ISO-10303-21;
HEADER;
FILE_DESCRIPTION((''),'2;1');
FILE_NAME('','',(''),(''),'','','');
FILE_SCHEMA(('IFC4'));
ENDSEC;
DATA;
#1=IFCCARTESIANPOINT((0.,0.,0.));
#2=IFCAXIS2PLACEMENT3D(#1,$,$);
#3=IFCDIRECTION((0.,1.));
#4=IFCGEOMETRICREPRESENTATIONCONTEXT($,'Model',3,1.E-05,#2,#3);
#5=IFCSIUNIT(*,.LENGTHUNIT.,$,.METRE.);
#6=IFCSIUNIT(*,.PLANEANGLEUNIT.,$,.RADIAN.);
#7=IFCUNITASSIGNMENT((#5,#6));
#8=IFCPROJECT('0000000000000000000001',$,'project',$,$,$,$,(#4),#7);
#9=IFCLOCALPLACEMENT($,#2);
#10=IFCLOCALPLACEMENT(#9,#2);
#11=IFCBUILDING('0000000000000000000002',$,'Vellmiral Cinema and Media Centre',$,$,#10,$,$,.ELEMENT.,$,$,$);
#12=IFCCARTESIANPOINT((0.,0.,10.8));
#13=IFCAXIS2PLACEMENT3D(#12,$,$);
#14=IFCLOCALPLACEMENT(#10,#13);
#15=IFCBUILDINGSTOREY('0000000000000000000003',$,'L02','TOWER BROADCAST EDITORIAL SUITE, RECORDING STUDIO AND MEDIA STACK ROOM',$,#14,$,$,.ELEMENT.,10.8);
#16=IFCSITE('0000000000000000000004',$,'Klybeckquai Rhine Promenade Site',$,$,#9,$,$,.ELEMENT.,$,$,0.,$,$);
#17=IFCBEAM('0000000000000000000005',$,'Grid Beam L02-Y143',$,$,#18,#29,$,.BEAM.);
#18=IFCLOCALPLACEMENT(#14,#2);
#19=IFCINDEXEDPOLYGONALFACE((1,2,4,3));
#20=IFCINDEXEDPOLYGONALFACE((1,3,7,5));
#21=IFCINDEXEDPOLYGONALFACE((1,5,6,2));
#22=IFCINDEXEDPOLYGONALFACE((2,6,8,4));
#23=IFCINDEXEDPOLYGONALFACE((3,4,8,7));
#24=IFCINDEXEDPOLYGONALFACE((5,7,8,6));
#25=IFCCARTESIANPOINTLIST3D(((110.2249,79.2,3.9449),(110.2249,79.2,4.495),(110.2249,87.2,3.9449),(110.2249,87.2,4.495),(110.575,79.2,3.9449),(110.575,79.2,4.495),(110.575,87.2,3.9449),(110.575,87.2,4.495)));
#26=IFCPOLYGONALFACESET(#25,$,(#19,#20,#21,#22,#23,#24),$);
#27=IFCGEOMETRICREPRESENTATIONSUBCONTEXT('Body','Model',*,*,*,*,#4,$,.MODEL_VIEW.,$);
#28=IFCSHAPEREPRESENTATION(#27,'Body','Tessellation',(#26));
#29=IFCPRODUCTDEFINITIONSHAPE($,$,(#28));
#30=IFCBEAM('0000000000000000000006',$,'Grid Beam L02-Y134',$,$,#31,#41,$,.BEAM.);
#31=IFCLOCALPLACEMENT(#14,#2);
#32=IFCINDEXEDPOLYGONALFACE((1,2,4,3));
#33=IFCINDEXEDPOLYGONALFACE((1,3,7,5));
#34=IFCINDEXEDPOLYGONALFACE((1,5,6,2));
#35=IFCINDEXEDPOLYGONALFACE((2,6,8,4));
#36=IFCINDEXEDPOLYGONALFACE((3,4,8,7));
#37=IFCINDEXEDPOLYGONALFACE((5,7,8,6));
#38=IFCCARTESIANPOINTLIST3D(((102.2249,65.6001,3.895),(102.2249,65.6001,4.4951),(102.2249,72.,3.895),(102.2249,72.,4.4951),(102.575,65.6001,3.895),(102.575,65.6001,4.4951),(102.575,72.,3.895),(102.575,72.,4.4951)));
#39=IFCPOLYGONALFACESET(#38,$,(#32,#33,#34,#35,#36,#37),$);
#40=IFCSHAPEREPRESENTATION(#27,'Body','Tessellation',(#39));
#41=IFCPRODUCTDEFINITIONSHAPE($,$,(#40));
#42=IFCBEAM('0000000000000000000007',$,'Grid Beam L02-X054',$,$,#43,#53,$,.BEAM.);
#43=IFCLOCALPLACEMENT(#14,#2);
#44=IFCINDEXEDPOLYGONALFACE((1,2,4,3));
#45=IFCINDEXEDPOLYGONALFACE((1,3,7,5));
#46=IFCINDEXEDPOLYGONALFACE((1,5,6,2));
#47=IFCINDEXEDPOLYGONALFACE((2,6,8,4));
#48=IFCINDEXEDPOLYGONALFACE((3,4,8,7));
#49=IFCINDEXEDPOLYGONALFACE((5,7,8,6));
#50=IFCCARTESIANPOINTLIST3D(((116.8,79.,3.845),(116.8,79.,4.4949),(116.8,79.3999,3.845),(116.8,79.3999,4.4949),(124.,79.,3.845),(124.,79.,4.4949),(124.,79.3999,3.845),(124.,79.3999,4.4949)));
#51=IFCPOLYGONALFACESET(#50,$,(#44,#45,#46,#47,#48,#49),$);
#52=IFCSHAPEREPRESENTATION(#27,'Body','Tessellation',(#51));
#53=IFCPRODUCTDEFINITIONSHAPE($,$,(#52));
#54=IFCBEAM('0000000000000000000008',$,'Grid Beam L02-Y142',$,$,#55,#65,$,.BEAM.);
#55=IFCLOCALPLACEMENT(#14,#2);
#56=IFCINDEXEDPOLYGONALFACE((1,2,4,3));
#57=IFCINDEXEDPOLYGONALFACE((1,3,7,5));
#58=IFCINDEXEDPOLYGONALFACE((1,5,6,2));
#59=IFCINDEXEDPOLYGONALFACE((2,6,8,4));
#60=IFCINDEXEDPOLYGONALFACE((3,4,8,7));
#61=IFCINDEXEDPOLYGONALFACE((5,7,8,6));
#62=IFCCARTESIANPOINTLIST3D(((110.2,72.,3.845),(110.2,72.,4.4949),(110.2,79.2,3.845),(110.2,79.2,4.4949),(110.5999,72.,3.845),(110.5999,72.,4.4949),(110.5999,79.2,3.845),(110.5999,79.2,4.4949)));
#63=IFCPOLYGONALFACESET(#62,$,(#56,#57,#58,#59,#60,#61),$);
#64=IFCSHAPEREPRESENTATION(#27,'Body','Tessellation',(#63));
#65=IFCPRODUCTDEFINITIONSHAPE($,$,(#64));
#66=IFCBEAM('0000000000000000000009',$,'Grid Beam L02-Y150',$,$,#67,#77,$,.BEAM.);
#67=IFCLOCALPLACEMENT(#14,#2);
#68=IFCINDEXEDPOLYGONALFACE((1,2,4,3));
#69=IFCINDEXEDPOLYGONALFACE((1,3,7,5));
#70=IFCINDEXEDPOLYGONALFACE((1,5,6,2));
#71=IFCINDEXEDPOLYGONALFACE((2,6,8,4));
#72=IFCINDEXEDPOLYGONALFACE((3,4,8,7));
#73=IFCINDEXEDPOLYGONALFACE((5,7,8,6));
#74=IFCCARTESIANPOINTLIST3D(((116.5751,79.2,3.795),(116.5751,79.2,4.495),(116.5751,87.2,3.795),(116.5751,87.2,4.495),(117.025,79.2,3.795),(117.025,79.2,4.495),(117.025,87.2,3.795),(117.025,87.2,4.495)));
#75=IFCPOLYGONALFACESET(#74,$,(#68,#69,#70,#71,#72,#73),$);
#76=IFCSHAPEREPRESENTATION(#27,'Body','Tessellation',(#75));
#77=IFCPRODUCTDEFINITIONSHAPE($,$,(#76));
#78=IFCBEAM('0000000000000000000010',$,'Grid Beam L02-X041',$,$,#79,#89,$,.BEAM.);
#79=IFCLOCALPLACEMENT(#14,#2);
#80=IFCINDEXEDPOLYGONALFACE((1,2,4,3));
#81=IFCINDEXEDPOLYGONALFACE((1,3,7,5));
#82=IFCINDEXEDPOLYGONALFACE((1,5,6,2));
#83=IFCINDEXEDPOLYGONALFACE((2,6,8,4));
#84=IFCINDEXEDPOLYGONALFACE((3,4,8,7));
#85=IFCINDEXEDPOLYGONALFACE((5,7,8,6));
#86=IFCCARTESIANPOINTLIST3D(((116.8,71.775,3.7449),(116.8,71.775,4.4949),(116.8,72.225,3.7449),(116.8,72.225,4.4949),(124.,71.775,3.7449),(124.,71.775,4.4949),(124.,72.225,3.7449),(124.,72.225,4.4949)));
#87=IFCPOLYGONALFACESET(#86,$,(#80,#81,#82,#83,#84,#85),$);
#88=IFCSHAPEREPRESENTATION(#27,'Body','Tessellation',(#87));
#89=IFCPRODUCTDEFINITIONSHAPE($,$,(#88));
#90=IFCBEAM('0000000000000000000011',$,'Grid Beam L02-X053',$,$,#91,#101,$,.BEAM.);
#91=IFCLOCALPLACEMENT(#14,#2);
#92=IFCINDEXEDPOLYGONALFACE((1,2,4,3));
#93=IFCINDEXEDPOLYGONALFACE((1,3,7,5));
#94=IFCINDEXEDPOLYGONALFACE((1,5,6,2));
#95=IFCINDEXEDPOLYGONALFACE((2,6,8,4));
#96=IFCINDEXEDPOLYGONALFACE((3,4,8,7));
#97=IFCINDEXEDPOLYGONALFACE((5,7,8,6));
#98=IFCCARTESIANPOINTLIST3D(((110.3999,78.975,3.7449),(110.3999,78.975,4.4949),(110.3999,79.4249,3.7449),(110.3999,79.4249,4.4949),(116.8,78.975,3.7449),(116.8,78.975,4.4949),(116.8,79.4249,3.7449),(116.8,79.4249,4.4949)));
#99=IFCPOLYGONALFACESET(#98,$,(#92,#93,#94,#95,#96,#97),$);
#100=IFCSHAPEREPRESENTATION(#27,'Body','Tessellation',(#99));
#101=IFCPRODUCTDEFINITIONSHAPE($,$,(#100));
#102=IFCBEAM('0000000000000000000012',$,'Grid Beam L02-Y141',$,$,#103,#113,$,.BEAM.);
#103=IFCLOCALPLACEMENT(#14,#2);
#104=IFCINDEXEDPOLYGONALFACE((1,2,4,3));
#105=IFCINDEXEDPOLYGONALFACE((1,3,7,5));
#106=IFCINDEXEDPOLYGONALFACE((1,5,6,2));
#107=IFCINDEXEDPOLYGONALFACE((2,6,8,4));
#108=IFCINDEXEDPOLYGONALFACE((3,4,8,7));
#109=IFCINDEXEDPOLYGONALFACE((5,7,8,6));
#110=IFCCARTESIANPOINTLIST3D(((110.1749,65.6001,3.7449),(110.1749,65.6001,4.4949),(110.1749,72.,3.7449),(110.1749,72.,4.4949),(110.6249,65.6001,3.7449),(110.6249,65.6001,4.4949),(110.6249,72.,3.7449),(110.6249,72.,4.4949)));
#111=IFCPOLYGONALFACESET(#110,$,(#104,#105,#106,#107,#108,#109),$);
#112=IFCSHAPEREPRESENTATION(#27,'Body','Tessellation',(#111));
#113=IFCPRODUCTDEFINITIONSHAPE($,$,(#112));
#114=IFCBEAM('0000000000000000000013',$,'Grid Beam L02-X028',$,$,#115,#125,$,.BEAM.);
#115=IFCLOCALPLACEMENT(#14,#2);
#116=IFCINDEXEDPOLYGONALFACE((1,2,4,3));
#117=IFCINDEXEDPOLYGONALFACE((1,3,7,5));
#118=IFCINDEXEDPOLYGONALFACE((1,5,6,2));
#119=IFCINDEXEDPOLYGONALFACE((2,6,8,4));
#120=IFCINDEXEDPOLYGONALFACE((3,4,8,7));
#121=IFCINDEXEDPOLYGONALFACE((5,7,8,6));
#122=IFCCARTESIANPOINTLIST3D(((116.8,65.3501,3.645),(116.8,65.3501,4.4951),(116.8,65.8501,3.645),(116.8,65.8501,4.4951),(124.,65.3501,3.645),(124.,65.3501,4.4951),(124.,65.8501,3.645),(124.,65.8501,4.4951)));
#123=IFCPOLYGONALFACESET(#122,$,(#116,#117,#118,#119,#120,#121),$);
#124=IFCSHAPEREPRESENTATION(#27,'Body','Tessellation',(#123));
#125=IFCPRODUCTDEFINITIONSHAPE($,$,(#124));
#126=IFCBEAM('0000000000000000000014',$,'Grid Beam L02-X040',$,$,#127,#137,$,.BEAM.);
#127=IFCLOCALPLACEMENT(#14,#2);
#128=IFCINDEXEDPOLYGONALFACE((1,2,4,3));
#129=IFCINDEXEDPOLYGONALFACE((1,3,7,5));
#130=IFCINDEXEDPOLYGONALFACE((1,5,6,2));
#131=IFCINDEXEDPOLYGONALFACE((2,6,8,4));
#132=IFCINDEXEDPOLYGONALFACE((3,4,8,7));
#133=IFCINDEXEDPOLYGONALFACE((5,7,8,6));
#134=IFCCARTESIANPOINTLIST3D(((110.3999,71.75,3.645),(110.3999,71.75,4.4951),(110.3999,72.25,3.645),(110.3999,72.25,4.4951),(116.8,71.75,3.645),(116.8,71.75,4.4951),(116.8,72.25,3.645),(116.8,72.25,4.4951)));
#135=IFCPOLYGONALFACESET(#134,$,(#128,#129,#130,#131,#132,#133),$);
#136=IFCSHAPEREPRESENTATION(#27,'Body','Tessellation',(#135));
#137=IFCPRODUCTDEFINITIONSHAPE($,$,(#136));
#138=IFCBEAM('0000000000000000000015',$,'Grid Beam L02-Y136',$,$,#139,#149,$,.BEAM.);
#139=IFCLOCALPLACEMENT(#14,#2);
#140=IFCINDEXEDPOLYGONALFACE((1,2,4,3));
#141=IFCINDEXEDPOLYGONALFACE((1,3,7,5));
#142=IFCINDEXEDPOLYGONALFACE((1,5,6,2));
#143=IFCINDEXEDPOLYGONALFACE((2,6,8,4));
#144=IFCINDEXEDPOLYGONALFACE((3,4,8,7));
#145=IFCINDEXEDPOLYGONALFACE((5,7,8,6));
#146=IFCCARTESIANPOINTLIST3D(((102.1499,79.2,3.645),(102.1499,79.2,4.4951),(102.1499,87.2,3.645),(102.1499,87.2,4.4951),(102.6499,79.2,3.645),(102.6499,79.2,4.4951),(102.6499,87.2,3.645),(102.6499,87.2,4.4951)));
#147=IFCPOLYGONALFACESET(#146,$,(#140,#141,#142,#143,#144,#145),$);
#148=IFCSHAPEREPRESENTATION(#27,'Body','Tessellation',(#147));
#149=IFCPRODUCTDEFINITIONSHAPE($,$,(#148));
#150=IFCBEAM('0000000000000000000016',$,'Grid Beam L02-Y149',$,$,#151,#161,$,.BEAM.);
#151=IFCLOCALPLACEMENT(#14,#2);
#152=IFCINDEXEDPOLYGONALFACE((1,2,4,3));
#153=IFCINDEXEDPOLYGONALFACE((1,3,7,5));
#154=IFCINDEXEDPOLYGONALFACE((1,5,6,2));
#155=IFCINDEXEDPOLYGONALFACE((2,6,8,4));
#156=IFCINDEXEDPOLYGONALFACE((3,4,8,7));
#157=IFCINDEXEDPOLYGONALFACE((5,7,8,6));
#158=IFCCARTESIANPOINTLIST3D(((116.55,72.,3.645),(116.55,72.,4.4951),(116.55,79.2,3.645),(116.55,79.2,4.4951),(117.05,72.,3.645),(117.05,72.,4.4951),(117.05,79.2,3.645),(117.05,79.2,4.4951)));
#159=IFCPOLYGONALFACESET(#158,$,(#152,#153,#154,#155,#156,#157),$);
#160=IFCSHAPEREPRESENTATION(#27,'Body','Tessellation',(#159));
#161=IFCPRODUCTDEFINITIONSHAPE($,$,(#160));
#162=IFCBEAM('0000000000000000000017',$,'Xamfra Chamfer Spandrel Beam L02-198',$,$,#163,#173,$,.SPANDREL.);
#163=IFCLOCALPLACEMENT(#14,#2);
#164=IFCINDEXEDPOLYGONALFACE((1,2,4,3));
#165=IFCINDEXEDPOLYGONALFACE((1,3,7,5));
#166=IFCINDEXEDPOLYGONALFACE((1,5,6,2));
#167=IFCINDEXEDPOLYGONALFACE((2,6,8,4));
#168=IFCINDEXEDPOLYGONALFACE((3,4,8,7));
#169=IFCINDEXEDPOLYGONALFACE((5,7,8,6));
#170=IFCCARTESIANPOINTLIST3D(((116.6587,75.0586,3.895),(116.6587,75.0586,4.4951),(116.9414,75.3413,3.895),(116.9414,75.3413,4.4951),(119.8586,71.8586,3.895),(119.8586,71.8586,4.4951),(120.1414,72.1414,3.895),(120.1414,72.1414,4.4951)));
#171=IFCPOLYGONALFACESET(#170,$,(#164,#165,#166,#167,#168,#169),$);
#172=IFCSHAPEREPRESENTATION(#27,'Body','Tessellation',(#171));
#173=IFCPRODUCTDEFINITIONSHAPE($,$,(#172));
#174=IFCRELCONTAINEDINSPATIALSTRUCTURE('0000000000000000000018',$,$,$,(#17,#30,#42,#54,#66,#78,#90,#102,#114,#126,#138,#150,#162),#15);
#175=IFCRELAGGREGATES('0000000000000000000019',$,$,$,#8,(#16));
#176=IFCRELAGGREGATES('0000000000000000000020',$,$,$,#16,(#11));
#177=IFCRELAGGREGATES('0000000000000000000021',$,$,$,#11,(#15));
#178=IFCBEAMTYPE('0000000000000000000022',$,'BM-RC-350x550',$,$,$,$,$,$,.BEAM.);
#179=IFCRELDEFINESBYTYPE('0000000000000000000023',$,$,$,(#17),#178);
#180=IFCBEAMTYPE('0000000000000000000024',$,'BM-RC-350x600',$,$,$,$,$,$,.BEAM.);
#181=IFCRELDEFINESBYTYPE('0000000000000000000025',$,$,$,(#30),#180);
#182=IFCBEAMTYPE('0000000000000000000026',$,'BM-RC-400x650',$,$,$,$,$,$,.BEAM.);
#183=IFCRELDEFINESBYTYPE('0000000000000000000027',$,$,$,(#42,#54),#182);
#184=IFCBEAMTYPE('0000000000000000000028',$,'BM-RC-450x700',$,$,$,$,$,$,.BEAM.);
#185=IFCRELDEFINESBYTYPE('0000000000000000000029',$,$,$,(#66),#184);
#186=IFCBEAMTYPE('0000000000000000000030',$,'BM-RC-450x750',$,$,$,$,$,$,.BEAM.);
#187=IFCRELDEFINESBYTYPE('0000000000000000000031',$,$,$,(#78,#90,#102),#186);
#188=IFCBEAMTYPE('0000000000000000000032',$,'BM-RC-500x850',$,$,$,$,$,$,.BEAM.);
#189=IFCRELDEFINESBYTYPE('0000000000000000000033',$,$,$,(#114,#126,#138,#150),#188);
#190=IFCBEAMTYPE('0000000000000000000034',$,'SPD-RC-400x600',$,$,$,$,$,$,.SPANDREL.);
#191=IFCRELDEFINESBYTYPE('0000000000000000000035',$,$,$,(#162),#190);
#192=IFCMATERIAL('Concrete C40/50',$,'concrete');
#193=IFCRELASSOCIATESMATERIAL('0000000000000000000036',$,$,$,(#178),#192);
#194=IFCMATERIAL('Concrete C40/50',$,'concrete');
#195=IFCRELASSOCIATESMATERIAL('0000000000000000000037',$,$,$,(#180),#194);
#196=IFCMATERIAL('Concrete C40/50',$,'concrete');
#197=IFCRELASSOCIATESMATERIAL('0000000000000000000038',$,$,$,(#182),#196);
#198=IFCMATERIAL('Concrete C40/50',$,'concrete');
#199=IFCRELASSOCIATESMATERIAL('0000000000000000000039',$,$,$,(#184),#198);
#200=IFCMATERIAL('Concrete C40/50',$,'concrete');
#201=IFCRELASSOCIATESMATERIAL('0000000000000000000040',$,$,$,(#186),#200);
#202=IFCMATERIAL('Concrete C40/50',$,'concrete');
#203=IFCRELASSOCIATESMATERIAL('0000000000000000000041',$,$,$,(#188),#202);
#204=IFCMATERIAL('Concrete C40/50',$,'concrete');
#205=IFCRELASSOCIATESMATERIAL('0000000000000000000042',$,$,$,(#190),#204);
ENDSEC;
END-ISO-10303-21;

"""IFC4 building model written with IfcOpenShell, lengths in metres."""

from ifc_helpers import new_model, si_unit, direction, frame, origin, origin_2d, place, context, subcontext, project, spatial, rectangle, extrude, material, material_profile, profile_set, type_object, element, save


model = new_model("IFC4")

# Units and contexts
model_context = context("Model", 3, precision=1e-05, world=origin(), true_north=direction((0.0, 1.0)))
body_context = subcontext(model_context, "Body", "Model", "MODEL_VIEW")
ifc_project = project(units=[si_unit("LENGTHUNIT", "METRE"), si_unit("PLANEANGLEUNIT", "RADIAN")], contexts=[model_context])

# Site, building, storey
site_placement = place(None, origin())
site = spatial("IfcSite", under=ifc_project, at=site_placement, Name="Klybeckquai Rhine Promenade Site", CompositionType="ELEMENT", RefElevation=0.0)
building_placement = place(site_placement, origin())
building = spatial("IfcBuilding", under=site, at=building_placement, Name="Vellmiral Cinema and Media Centre", CompositionType="ELEMENT")
storey_placement = place(building_placement, frame((0.0, 0.0, 10.8)))
storey = spatial("IfcBuildingStorey", under=building, at=storey_placement, Name="L02", Description="TOWER BROADCAST EDITORIAL SUITE, RECORDING STUDIO AND MEDIA STACK ROOM", CompositionType="ELEMENT", Elevation=10.8)

# Beams
ifc_material_1 = material(Name="Concrete C40/50", Category="concrete")
ifc_material_profile_1 = material_profile(ifc_material_1, rectangle(XDim=0.3501, YDim=0.55, at=origin_2d()), Name="RC 350x550")
ifc_profile_set_1 = profile_set([ifc_material_profile_1], Name="Concrete C40/50")
beam_type_1 = type_object("IfcBeamType", Name="BM-RC-350x550", PredefinedType="BEAM", material=ifc_profile_set_1)
beam_1_placement = place(storey_placement, frame((110.3999, 79.2, 4.22), z_axis=(0.0, 1.0, 0.0), x_axis=(-1.0, 0.0, 0.0)))
element("IfcBeam", 1, at=beam_1_placement, inside=storey, type_object=beam_type_1, Name="Grid Beam L02-Y143", PredefinedType="BEAM", context=body_context, shape_type="SweptSolid", body=[
    extrude(rectangle(XDim=0.3501, YDim=0.55, at=origin_2d()), origin(), (0.0, 0.0, 1.0), 8.0),
])
ifc_material_2 = material(Name="Concrete C40/50", Category="concrete")
ifc_material_profile_2 = material_profile(ifc_material_2, rectangle(XDim=0.3501, YDim=0.6001, at=origin_2d()), Name="RC 350x600")
ifc_profile_set_2 = profile_set([ifc_material_profile_2], Name="Concrete C40/50")
beam_type_2 = type_object("IfcBeamType", Name="BM-RC-350x600", PredefinedType="BEAM", material=ifc_profile_set_2)
beam_2_placement = place(storey_placement, frame((102.3999, 65.6001, 4.1951), z_axis=(0.0, 1.0, 0.0), x_axis=(-1.0, 0.0, 0.0)))
element("IfcBeam", 2, at=beam_2_placement, inside=storey, type_object=beam_type_2, Name="Grid Beam L02-Y134", PredefinedType="BEAM", context=body_context, shape_type="SweptSolid", body=[
    extrude(rectangle(XDim=0.3501, YDim=0.6001, at=origin_2d()), origin(), (0.0, 0.0, 1.0), 6.3999),
])
ifc_material_3 = material(Name="Concrete C40/50", Category="concrete")
ifc_material_profile_3 = material_profile(ifc_material_3, rectangle(XDim=0.3999, YDim=0.6499, at=origin_2d()), Name="RC 400x650")
ifc_profile_set_3 = profile_set([ifc_material_profile_3], Name="Concrete C40/50")
beam_type_3 = type_object("IfcBeamType", Name="BM-RC-400x650", PredefinedType="BEAM", material=ifc_profile_set_3)
for number, where, z_axis, x_axis, name in (
    (3, (116.8, 79.2, 4.1699), (1.0, 0.0, 0.0), (0.0, 1.0, 0.0), "Grid Beam L02-X054"),
    (4, (110.3999, 72.0, 4.1699), (0.0, 1.0, 0.0), (-1.0, 0.0, 0.0), "Grid Beam L02-Y142"),
):
    element("IfcBeam", number, at=place(storey_placement, frame(where, z_axis=z_axis, x_axis=x_axis)), inside=storey, type_object=beam_type_3, Name=name, PredefinedType="BEAM", context=body_context, shape_type="SweptSolid", body=[
        extrude(rectangle(XDim=0.3999, YDim=0.6499, at=origin_2d()), origin(), (0.0, 0.0, 1.0), 7.2),
    ])
ifc_material_4 = material(Name="Concrete C40/50", Category="concrete")
ifc_material_profile_4 = material_profile(ifc_material_4, rectangle(XDim=0.45, YDim=0.7, at=origin_2d()), Name="RC 450x700")
ifc_profile_set_4 = profile_set([ifc_material_profile_4], Name="Concrete C40/50")
beam_type_4 = type_object("IfcBeamType", Name="BM-RC-450x700", PredefinedType="BEAM", material=ifc_profile_set_4)
beam_3_placement = place(storey_placement, frame((116.8, 79.2, 4.145), z_axis=(0.0, 1.0, 0.0), x_axis=(-1.0, 0.0, 0.0)))
element("IfcBeam", 5, at=beam_3_placement, inside=storey, type_object=beam_type_4, Name="Grid Beam L02-Y150", PredefinedType="BEAM", context=body_context, shape_type="SweptSolid", body=[
    extrude(rectangle(XDim=0.45, YDim=0.7, at=origin_2d()), origin(), (0.0, 0.0, 1.0), 8.0),
])
ifc_material_5 = material(Name="Concrete C40/50", Category="concrete")
ifc_material_profile_5 = material_profile(ifc_material_5, rectangle(XDim=0.45, YDim=0.75, at=origin_2d()), Name="RC 450x750")
ifc_profile_set_5 = profile_set([ifc_material_profile_5], Name="Concrete C40/50")
beam_type_5 = type_object("IfcBeamType", Name="BM-RC-450x750", PredefinedType="BEAM", material=ifc_profile_set_5)
beam_4_placement = place(storey_placement, frame((116.8, 72.0, 4.1199), z_axis=(1.0, 0.0, 0.0), x_axis=(0.0, 1.0, 0.0)))
element("IfcBeam", 6, at=beam_4_placement, inside=storey, type_object=beam_type_5, Name="Grid Beam L02-X041", PredefinedType="BEAM", context=body_context, shape_type="SweptSolid", body=[
    extrude(rectangle(XDim=0.45, YDim=0.75, at=origin_2d()), origin(), (0.0, 0.0, 1.0), 7.2),
])
beam_5_placement = place(storey_placement, frame((110.3999, 79.2, 4.1199), z_axis=(1.0, 0.0, 0.0), x_axis=(0.0, 1.0, 0.0)))
element("IfcBeam", 7, at=beam_5_placement, inside=storey, type_object=beam_type_5, Name="Grid Beam L02-X053", PredefinedType="BEAM", context=body_context, shape_type="SweptSolid", body=[
    extrude(rectangle(XDim=0.45, YDim=0.75, at=origin_2d()), origin(), (0.0, 0.0, 1.0), 6.4001),
])
beam_6_placement = place(storey_placement, frame((110.3999, 65.6001, 4.1199), z_axis=(0.0, 1.0, 0.0), x_axis=(-1.0, 0.0, 0.0)))
element("IfcBeam", 8, at=beam_6_placement, inside=storey, type_object=beam_type_5, Name="Grid Beam L02-Y141", PredefinedType="BEAM", context=body_context, shape_type="SweptSolid", body=[
    extrude(rectangle(XDim=0.45, YDim=0.75, at=origin_2d()), origin(), (0.0, 0.0, 1.0), 6.3999),
])
ifc_material_6 = material(Name="Concrete C40/50", Category="concrete")
ifc_material_profile_6 = material_profile(ifc_material_6, rectangle(XDim=0.5, YDim=0.8501, at=origin_2d()), Name="RC 500x850")
ifc_profile_set_6 = profile_set([ifc_material_profile_6], Name="Concrete C40/50")
beam_type_6 = type_object("IfcBeamType", Name="BM-RC-500x850", PredefinedType="BEAM", material=ifc_profile_set_6)
beam_7_placement = place(storey_placement, frame((116.8, 65.6001, 4.0701), z_axis=(1.0, 0.0, 0.0), x_axis=(0.0, 1.0, 0.0)))
element("IfcBeam", 9, at=beam_7_placement, inside=storey, type_object=beam_type_6, Name="Grid Beam L02-X028", PredefinedType="BEAM", context=body_context, shape_type="SweptSolid", body=[
    extrude(rectangle(XDim=0.5, YDim=0.8501, at=origin_2d()), origin(), (0.0, 0.0, 1.0), 7.2),
])
beam_8_placement = place(storey_placement, frame((110.3999, 72.0, 4.0701), z_axis=(1.0, 0.0, 0.0), x_axis=(0.0, 1.0, 0.0)))
element("IfcBeam", 10, at=beam_8_placement, inside=storey, type_object=beam_type_6, Name="Grid Beam L02-X040", PredefinedType="BEAM", context=body_context, shape_type="SweptSolid", body=[
    extrude(rectangle(XDim=0.5, YDim=0.8501, at=origin_2d()), origin(), (0.0, 0.0, 1.0), 6.4001),
])
beam_9_placement = place(storey_placement, frame((102.3999, 79.2, 4.0701), z_axis=(0.0, 1.0, 0.0), x_axis=(-1.0, 0.0, 0.0)))
element("IfcBeam", 11, at=beam_9_placement, inside=storey, type_object=beam_type_6, Name="Grid Beam L02-Y136", PredefinedType="BEAM", context=body_context, shape_type="SweptSolid", body=[
    extrude(rectangle(XDim=0.5, YDim=0.8501, at=origin_2d()), origin(), (0.0, 0.0, 1.0), 8.0),
])
beam_10_placement = place(storey_placement, frame((116.8, 72.0, 4.0701), z_axis=(0.0, 1.0, 0.0), x_axis=(-1.0, 0.0, 0.0)))
element("IfcBeam", 12, at=beam_10_placement, inside=storey, type_object=beam_type_6, Name="Grid Beam L02-Y149", PredefinedType="BEAM", context=body_context, shape_type="SweptSolid", body=[
    extrude(rectangle(XDim=0.5, YDim=0.8501, at=origin_2d()), origin(), (0.0, 0.0, 1.0), 7.2),
])
ifc_material_7 = material(Name="Concrete C40/50", Category="concrete")
ifc_material_profile_7 = material_profile(ifc_material_7, rectangle(XDim=0.3999, YDim=0.6001, at=origin_2d()), Name="RC 400x600")
ifc_profile_set_7 = profile_set([ifc_material_profile_7], Name="Concrete C40/50")
beam_type_7 = type_object("IfcBeamType", Name="SPD-RC-400x600", PredefinedType="SPANDREL", material=ifc_profile_set_7)
beam_11_placement = place(storey_placement, frame((116.8, 75.2, 4.1951), z_axis=(0.707107, -0.707107, 0.0), x_axis=(0.707107, 0.707107, 0.0)))
element("IfcBeam", 13, at=beam_11_placement, inside=storey, type_object=beam_type_7, Name="Xamfra Chamfer Spandrel Beam L02-198", PredefinedType="SPANDREL", context=body_context, shape_type="SweptSolid", body=[
    extrude(rectangle(XDim=0.3999, YDim=0.6001, at=origin_2d()), origin(), (0.0, 0.0, 1.0), 4.5254),
])

save(model, "model.ifc")
